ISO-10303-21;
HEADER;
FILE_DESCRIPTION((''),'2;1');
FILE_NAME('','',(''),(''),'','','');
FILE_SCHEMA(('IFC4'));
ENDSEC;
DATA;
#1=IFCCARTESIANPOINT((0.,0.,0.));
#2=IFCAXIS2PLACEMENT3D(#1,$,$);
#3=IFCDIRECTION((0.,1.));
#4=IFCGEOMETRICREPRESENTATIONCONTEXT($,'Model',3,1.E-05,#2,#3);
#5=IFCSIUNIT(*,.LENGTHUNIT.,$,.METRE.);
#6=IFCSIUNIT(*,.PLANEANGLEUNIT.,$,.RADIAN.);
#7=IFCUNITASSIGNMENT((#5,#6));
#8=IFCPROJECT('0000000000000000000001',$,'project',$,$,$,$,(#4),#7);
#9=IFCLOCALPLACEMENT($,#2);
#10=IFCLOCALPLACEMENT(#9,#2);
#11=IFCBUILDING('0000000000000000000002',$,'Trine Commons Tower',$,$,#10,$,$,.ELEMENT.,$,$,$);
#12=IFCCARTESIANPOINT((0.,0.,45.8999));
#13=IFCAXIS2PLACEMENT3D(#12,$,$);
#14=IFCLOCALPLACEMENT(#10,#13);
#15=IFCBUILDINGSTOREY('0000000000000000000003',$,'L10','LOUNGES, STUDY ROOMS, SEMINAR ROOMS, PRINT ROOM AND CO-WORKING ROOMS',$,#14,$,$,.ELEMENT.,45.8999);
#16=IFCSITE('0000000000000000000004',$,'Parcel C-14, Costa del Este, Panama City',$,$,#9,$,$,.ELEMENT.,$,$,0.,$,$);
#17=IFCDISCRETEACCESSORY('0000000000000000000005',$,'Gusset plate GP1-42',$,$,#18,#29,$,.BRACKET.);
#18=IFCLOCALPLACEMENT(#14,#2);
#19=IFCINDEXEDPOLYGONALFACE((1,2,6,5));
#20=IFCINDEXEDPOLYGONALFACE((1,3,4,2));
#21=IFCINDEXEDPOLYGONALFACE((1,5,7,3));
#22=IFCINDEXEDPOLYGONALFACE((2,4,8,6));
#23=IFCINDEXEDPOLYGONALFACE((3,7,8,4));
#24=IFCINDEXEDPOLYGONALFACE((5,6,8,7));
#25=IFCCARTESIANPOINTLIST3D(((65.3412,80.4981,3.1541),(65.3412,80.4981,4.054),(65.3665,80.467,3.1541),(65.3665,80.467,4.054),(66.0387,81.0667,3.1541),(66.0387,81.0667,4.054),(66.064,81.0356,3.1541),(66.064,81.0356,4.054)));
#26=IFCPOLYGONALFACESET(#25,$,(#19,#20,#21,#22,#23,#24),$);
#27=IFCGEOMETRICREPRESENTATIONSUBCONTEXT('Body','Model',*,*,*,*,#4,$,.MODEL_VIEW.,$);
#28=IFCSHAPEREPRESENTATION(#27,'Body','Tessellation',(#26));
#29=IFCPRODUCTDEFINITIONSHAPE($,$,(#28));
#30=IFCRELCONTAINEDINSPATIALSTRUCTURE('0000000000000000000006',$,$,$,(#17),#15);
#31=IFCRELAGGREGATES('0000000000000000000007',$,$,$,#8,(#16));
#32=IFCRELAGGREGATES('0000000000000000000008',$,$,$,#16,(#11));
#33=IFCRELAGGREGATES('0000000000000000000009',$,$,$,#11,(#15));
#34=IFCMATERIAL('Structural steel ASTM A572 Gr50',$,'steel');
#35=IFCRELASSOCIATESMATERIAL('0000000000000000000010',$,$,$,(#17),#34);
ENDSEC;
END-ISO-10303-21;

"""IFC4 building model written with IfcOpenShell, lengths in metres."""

from ifc_helpers import new_model, si_unit, direction, frame, origin, origin_2d, place, context, subcontext, project, spatial, rectangle, extrude, material, element, save


model = new_model("IFC4")

# Units and contexts
model_context = context("Model", 3, precision=1e-05, world=origin(), true_north=direction((0.0, 1.0)))
body_context = subcontext(model_context, "Body", "Model", "MODEL_VIEW")
ifc_project = project(units=[si_unit("LENGTHUNIT", "METRE"), si_unit("PLANEANGLEUNIT", "RADIAN")], contexts=[model_context])

# Site, building, storey
site_placement = place(None, origin())
site = spatial("IfcSite", under=ifc_project, at=site_placement, Name="Parcel C-14, Costa del Este, Panama City", CompositionType="ELEMENT", RefElevation=0.0)
building_placement = place(site_placement, origin())
building = spatial("IfcBuilding", under=site, at=building_placement, Name="Trine Commons Tower", CompositionType="ELEMENT")
storey_placement = place(building_placement, frame((0.0, 0.0, 45.8999)))
storey = spatial("IfcBuildingStorey", under=building, at=storey_placement, Name="L10", Description="LOUNGES, STUDY ROOMS, SEMINAR ROOMS, PRINT ROOM AND CO-WORKING ROOMS", CompositionType="ELEMENT", Elevation=45.8999)

# Discrete accessory
ifc_material_1 = material(Name="Structural steel ASTM A572 Gr50", Category="steel")
for number, where, z_axis, x_axis, name in (
    (1, (65.7026, 80.7668, 3.1541), (0.0, 0.0, 1.0), (-0.775077, -0.631867, 0.0), "Gusset plate GP1-42"),
):
    element("IfcDiscreteAccessory", number, at=place(storey_placement, frame(where, z_axis=z_axis, x_axis=x_axis)), inside=storey, material=ifc_material_1, Name=name, PredefinedType="BRACKET", context=body_context, shape_type="SweptSolid", body=[
        extrude(rectangle(XDim=0.8999, YDim=0.04, at=origin_2d()), origin(), (0.0, 0.0, 1.0), 0.8999),
    ])

save(model, "model.ifc")
